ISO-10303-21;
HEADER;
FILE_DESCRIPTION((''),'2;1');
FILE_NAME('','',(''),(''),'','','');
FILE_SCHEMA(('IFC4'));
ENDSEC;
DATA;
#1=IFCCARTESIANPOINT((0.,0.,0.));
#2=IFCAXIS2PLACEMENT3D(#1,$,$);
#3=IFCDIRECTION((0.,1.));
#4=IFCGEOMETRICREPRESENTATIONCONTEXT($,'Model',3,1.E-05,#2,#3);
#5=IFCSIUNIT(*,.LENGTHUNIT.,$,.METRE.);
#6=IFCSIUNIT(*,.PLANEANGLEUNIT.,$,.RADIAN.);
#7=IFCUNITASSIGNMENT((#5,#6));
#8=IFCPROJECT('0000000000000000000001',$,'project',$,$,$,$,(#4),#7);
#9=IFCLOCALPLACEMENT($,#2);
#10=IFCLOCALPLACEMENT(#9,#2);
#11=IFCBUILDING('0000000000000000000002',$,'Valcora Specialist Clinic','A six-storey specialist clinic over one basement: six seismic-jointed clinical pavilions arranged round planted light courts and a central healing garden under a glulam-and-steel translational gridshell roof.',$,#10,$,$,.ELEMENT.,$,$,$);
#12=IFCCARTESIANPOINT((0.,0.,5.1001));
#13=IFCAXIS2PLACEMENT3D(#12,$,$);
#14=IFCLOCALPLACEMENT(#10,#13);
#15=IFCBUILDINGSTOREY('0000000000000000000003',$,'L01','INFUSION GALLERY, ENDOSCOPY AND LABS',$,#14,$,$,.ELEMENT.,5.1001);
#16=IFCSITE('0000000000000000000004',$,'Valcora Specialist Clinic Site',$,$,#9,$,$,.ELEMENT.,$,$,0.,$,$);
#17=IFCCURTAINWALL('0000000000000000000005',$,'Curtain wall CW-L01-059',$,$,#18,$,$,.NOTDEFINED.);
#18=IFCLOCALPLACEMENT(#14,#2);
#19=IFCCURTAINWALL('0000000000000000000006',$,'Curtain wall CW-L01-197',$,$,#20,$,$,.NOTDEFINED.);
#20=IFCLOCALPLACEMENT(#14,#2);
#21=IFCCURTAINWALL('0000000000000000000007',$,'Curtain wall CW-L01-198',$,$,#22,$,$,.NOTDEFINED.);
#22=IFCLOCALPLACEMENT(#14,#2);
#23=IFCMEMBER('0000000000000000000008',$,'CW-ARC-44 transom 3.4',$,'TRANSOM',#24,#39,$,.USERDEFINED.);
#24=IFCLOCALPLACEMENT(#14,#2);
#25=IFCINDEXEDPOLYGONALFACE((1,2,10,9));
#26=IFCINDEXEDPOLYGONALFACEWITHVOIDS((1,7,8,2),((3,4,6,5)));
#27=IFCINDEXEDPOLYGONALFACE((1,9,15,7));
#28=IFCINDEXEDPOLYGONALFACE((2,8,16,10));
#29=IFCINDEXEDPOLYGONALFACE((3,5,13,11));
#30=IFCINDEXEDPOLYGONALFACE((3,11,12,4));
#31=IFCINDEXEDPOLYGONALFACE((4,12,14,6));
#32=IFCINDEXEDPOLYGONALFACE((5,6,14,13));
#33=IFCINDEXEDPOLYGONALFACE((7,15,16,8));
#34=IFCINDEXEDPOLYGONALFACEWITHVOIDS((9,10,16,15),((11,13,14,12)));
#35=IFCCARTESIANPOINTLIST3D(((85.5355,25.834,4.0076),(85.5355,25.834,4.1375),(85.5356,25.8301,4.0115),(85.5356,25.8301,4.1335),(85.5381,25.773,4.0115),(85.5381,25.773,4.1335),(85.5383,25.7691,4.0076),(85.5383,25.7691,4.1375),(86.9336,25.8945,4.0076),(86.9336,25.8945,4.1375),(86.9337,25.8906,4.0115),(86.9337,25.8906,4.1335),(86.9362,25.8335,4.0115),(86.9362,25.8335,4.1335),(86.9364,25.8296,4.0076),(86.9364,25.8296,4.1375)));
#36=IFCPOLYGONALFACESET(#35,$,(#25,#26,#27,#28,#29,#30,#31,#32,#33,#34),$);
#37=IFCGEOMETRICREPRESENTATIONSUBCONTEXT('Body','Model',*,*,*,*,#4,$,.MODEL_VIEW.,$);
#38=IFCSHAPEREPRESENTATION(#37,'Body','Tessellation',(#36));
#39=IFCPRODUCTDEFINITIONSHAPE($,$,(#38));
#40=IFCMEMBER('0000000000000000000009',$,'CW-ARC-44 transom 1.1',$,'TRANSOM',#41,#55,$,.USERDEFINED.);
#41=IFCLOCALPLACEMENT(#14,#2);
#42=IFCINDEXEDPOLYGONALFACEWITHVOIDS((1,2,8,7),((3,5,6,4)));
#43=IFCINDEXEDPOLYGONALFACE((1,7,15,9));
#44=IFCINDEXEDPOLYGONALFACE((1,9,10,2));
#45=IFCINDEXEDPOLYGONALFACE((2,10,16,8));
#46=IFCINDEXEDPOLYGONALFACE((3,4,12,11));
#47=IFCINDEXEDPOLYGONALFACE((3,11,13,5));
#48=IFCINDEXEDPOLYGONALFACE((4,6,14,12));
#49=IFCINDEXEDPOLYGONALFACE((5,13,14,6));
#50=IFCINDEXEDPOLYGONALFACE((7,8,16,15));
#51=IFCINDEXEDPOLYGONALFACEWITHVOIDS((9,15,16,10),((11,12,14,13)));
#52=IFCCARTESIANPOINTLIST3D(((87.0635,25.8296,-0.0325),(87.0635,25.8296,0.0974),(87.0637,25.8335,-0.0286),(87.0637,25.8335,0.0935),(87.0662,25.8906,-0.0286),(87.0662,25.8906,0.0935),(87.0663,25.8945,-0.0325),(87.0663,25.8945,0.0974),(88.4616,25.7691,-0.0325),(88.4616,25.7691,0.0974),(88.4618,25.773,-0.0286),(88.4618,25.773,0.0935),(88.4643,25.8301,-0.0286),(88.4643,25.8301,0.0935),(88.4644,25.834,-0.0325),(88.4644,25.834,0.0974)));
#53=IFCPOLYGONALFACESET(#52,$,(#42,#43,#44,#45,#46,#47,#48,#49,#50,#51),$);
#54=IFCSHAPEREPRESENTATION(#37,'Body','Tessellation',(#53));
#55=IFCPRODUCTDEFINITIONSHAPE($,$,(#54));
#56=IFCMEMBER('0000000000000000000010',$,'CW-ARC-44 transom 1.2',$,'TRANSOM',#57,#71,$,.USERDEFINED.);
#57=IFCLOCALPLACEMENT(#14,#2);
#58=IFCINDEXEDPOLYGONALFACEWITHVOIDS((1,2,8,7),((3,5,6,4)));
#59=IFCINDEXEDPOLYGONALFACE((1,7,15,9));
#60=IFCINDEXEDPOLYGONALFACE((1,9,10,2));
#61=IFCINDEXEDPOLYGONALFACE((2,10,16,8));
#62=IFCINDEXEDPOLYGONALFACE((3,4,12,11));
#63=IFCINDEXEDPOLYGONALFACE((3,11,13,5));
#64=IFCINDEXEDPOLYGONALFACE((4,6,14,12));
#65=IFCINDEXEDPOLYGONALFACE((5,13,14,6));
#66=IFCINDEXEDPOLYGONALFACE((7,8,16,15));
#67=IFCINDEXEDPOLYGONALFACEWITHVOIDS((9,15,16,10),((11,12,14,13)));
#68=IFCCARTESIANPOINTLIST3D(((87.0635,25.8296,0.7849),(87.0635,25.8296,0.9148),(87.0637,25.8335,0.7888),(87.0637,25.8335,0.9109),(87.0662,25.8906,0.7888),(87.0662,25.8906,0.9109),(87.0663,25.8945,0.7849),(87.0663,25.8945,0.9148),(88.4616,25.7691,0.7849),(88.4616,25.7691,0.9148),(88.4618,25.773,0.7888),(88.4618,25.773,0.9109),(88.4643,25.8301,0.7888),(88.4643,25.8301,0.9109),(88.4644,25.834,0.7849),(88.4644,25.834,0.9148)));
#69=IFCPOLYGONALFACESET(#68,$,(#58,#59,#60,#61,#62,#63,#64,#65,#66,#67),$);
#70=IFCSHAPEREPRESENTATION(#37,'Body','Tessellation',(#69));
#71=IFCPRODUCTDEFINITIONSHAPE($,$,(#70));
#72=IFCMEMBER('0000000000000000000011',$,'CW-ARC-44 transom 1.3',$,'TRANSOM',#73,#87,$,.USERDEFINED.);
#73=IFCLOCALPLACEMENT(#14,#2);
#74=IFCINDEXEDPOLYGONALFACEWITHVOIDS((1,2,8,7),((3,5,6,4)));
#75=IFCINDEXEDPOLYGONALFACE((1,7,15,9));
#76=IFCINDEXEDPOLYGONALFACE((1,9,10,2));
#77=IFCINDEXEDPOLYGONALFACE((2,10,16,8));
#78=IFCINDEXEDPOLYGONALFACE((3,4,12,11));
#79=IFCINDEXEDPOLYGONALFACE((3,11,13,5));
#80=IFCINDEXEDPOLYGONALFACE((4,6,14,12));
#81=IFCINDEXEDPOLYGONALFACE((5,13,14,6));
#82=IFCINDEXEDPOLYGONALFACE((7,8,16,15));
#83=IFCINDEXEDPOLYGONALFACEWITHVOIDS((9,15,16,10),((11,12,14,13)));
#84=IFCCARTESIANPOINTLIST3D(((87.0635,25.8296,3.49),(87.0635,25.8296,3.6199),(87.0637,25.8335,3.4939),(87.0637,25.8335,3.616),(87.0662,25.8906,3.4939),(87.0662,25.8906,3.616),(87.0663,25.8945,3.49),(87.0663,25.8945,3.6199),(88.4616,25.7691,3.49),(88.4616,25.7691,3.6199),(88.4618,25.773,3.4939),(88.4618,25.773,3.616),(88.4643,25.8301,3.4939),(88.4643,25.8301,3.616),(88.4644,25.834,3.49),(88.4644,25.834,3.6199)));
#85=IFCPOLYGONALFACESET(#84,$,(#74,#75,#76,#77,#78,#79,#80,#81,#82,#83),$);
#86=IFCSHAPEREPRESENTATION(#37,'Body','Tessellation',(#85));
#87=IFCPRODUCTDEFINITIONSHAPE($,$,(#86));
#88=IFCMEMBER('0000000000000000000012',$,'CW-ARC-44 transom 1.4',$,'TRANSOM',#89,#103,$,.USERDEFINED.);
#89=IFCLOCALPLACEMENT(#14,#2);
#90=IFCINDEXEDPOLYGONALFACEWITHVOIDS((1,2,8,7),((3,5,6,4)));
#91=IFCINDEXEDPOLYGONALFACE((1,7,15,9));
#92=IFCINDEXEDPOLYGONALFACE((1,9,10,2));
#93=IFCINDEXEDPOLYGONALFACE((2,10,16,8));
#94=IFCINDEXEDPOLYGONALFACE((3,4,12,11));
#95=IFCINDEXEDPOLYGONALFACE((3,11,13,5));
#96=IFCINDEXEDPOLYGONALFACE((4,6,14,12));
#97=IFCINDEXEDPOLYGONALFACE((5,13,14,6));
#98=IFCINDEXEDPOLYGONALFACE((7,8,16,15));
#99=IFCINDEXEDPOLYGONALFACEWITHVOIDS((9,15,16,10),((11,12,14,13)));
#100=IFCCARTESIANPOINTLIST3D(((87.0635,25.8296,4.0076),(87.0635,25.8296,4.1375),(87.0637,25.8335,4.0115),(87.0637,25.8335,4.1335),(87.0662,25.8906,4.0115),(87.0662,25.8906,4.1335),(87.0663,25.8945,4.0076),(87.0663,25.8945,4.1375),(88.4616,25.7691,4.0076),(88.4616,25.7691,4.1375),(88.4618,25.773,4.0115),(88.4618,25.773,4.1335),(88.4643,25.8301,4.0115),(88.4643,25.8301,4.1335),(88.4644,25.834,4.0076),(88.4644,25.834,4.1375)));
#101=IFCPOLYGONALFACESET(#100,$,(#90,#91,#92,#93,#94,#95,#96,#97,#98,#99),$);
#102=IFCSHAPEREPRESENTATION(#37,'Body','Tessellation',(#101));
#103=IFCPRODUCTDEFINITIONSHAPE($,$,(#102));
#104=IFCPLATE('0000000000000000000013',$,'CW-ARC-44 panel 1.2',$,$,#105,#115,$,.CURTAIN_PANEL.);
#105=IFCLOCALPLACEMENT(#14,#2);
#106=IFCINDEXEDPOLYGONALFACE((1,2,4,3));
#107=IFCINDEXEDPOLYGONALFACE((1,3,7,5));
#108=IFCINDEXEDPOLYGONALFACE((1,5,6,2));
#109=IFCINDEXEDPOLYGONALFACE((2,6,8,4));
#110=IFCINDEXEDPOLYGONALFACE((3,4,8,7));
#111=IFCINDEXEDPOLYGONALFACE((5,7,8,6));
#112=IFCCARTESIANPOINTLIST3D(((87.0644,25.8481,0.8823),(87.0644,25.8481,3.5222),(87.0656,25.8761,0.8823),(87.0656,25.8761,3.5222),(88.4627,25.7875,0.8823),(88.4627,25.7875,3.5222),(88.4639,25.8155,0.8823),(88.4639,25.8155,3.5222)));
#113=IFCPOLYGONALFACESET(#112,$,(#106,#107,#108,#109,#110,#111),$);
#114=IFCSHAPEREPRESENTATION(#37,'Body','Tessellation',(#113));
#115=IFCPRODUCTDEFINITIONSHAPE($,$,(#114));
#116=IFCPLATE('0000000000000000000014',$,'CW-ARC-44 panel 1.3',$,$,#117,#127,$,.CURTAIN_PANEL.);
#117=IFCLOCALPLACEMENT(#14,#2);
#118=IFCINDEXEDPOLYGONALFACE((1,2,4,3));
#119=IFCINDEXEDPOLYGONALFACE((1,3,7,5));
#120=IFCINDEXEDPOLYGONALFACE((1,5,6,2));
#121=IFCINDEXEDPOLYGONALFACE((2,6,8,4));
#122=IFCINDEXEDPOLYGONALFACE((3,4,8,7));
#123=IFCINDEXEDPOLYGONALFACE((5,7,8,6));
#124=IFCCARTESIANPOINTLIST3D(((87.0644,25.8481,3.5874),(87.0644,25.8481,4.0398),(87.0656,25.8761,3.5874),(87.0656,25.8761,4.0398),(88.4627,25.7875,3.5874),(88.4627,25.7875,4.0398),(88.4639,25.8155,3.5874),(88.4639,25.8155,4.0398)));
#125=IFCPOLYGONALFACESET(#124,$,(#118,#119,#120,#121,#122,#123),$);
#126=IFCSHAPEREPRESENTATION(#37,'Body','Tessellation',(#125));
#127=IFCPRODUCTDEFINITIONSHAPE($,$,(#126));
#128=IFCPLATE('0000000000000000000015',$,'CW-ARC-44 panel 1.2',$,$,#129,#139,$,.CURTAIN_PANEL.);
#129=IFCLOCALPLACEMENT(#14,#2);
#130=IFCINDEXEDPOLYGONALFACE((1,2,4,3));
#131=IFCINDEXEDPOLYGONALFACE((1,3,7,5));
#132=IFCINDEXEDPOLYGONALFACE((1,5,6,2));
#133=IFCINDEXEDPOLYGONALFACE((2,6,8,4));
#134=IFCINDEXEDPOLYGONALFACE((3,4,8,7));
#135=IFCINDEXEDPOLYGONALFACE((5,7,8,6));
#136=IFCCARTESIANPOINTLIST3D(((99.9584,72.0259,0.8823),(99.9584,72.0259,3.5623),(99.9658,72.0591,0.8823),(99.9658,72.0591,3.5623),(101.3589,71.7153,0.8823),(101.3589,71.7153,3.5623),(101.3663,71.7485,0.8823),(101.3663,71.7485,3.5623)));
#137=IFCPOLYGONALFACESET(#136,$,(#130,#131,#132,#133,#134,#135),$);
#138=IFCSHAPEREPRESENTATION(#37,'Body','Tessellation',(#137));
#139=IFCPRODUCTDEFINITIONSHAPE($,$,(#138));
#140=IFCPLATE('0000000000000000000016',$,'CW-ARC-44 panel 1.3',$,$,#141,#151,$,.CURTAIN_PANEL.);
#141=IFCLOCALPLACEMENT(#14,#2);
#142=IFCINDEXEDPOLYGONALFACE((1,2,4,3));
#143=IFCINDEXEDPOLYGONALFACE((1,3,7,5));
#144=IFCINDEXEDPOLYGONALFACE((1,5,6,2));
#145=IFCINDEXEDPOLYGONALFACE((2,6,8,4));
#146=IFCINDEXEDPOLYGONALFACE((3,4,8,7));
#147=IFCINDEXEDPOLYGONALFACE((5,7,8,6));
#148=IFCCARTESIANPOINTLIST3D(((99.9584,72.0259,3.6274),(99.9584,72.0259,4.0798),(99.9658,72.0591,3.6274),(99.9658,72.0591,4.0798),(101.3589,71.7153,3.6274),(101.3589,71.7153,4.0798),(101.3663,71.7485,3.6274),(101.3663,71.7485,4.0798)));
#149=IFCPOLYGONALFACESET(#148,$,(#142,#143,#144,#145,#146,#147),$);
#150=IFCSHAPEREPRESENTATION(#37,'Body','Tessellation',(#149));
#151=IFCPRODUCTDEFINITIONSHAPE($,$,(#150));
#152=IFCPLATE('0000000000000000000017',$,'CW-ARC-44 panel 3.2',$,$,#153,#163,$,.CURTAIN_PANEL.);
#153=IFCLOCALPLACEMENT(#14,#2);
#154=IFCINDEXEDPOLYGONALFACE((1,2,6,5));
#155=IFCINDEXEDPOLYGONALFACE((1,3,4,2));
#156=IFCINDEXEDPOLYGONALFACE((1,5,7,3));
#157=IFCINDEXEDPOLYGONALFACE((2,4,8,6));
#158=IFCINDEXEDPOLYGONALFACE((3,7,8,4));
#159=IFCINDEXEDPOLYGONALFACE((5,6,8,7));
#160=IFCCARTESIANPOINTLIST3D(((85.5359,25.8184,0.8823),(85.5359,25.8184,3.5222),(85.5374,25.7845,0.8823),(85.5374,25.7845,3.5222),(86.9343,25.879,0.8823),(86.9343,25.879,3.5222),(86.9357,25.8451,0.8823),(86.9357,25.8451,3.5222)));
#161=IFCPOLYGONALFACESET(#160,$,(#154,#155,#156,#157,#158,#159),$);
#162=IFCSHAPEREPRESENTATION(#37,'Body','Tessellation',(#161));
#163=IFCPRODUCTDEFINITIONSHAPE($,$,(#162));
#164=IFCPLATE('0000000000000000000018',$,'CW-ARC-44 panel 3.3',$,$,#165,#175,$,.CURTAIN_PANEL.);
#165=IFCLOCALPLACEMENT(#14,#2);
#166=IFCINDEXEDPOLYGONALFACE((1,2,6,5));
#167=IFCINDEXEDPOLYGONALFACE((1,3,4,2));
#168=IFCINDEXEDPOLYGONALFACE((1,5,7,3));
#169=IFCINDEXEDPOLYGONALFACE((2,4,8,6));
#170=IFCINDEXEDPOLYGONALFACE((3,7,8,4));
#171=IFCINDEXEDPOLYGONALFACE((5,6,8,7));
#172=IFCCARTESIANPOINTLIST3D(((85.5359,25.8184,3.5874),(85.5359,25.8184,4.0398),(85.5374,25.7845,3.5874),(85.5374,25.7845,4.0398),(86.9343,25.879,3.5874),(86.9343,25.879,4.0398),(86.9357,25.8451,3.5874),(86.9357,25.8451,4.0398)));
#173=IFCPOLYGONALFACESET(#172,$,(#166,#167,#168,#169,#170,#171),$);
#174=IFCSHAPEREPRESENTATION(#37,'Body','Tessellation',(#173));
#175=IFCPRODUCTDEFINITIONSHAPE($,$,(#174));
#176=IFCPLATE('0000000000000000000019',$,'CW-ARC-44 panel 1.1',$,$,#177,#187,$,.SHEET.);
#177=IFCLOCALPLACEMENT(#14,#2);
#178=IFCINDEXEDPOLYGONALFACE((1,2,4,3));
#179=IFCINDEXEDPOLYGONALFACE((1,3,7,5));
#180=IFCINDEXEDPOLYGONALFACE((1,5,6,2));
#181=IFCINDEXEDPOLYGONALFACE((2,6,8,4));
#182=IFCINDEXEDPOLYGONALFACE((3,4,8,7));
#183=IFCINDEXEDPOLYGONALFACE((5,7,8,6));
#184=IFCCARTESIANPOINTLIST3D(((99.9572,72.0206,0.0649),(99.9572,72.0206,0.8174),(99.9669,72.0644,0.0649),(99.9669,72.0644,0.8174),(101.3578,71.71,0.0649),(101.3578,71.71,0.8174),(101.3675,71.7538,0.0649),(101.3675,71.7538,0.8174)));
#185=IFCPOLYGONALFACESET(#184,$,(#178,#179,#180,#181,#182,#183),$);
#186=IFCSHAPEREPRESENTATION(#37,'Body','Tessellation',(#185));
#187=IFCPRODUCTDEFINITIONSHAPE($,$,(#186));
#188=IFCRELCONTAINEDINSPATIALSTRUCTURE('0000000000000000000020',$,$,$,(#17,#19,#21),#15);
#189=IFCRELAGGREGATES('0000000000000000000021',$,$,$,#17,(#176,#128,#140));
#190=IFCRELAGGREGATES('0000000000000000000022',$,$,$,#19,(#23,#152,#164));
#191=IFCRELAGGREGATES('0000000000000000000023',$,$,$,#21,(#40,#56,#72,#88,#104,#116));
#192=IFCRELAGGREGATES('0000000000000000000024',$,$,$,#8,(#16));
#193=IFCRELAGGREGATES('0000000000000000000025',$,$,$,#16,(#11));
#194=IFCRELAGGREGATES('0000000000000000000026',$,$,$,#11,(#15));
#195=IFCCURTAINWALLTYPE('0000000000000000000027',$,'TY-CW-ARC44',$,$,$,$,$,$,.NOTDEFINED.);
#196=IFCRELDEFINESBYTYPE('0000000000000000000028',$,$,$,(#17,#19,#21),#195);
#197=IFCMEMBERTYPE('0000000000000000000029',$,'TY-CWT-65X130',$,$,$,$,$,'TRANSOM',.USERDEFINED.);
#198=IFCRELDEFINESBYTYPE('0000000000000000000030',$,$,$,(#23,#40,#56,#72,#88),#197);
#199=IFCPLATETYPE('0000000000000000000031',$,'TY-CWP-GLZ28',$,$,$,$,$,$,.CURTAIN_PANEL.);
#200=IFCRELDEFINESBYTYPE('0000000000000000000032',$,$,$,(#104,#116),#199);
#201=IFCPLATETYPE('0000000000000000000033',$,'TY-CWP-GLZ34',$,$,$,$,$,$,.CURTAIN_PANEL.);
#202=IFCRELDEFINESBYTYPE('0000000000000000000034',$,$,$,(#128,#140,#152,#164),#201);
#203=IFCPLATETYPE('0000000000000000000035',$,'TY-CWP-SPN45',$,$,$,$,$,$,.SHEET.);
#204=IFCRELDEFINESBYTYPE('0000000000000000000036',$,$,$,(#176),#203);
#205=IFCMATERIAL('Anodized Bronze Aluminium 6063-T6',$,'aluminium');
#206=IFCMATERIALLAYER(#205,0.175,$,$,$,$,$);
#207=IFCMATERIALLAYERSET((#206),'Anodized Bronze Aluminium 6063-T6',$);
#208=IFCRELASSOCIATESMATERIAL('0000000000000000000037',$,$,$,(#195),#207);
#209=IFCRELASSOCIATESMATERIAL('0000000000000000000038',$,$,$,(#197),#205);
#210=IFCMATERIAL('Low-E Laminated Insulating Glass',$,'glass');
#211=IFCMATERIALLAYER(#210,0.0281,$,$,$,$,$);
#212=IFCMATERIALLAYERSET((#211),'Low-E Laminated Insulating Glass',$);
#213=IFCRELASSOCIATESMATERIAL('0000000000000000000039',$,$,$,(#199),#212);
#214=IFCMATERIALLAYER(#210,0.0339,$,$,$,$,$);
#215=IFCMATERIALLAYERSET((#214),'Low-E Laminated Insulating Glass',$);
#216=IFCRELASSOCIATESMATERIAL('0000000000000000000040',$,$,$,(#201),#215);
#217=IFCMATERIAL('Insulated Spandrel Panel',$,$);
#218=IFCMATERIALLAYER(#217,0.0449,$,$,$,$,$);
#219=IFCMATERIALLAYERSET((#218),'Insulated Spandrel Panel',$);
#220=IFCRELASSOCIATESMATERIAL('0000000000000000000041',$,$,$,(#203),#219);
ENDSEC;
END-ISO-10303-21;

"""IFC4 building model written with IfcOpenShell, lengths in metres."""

from ifc_helpers import new_model, si_unit, direction, frame, origin, origin_2d, place, context, subcontext, project, spatial, rectangle, hollow_rectangle, extrude, material, layer, layer_set, material_profile, profile_set, type_object, element, aggregate, save


model = new_model("IFC4")

# Units and contexts
model_context = context("Model", 3, precision=1e-05, world=origin(), true_north=direction((0.0, 1.0)))
body_context = subcontext(model_context, "Body", "Model", "MODEL_VIEW")
ifc_project = project(units=[si_unit("LENGTHUNIT", "METRE"), si_unit("PLANEANGLEUNIT", "RADIAN")], contexts=[model_context])

# Site, building, storey
site_placement = place(None, origin())
site = spatial("IfcSite", under=ifc_project, at=site_placement, Name="Valcora Specialist Clinic Site", CompositionType="ELEMENT", RefElevation=0.0)
building_placement = place(site_placement, origin())
building = spatial("IfcBuilding", under=site, at=building_placement, Name="Valcora Specialist Clinic", Description="A six-storey specialist clinic over one basement: six seismic-jointed clinical pavilions arranged round planted light courts and a central healing garden under a glulam-and-steel translational gridshell roof.", CompositionType="ELEMENT")
storey_placement = place(building_placement, frame((0.0, 0.0, 5.1001)))
storey = spatial("IfcBuildingStorey", under=building, at=storey_placement, Name="L01", Description="INFUSION GALLERY, ENDOSCOPY AND LABS", CompositionType="ELEMENT", Elevation=5.1001)

# Curtain walls
ifc_material_1 = material(Name="Anodized Bronze Aluminium 6063-T6", Category="aluminium")
ifc_layer_1 = layer(ifc_material_1, 0.175)
ifc_layer_set_1 = layer_set([ifc_layer_1], Name="Anodized Bronze Aluminium 6063-T6")
curtain_wall_type = type_object("IfcCurtainWallType", Name="TY-CW-ARC44", PredefinedType="NOTDEFINED", material=ifc_layer_set_1)
curtain_wall_1_placement = place(storey_placement, origin())
curtain_wall_1 = element("IfcCurtainWall", 1, at=curtain_wall_1_placement, inside=storey, type_object=curtain_wall_type, Name="Curtain wall CW-L01-059", PredefinedType="NOTDEFINED")
curtain_wall_2_placement = place(storey_placement, origin())
curtain_wall_2 = element("IfcCurtainWall", 2, at=curtain_wall_2_placement, inside=storey, type_object=curtain_wall_type, Name="Curtain wall CW-L01-197", PredefinedType="NOTDEFINED")
curtain_wall_3_placement = place(storey_placement, origin())
curtain_wall_3 = element("IfcCurtainWall", 3, at=curtain_wall_3_placement, inside=storey, type_object=curtain_wall_type, Name="Curtain wall CW-L01-198", PredefinedType="NOTDEFINED")

# Members
ifc_material_profile_1 = material_profile(ifc_material_1, hollow_rectangle(XDim=0.0649, YDim=0.1299, WallThickness=0.0039, at=origin_2d()), Name="AL-TRN-65X130")
ifc_profile_set_1 = profile_set([ifc_material_profile_1], Name="Anodized Bronze Aluminium 6063-T6")
member_type_1 = type_object("IfcMemberType", Name="TY-CWT-65X130", ElementType="TRANSOM", PredefinedType="USERDEFINED", material=ifc_profile_set_1)
member_1_placement = place(storey_placement, frame((85.5369, 25.8015, 4.0725), z_axis=(0.999064, 0.043263, 0.0), x_axis=(-0.043263, 0.999064, 0.0)))
member_1 = element("IfcMember", 4, at=member_1_placement, type_object=member_type_1, Name="CW-ARC-44 transom 3.4", ObjectType="TRANSOM", PredefinedType="USERDEFINED", context=body_context, shape_type="SweptSolid", body=[
    extrude(hollow_rectangle(XDim=0.0649, YDim=0.1299, WallThickness=0.0039, at=origin_2d()), origin(), (0.0, 0.0, 1.0), 1.3994),
])
member_2_placement = place(storey_placement, frame((87.0649, 25.8621, 0.0325), z_axis=(0.999064, -0.043263, 0.0), x_axis=(0.043263, 0.999064, 0.0)))
member_2 = element("IfcMember", 5, at=member_2_placement, type_object=member_type_1, Name="CW-ARC-44 transom 1.1", ObjectType="TRANSOM", PredefinedType="USERDEFINED", context=body_context, shape_type="SweptSolid", body=[
    extrude(hollow_rectangle(XDim=0.0649, YDim=0.1299, WallThickness=0.0039, at=origin_2d()), origin(), (0.0, 0.0, 1.0), 1.3994),
])
member_3_placement = place(storey_placement, frame((87.0649, 25.8621, 0.8499), z_axis=(0.999064, -0.043263, 0.0), x_axis=(0.043263, 0.999064, 0.0)))
member_3 = element("IfcMember", 6, at=member_3_placement, type_object=member_type_1, Name="CW-ARC-44 transom 1.2", ObjectType="TRANSOM", PredefinedType="USERDEFINED", context=body_context, shape_type="SweptSolid", body=[
    extrude(hollow_rectangle(XDim=0.0649, YDim=0.1299, WallThickness=0.0039, at=origin_2d()), origin(), (0.0, 0.0, 1.0), 1.3994),
])
member_4_placement = place(storey_placement, frame((87.0649, 25.8621, 3.5549), z_axis=(0.999064, -0.043263, 0.0), x_axis=(0.043263, 0.999064, 0.0)))
member_4 = element("IfcMember", 7, at=member_4_placement, type_object=member_type_1, Name="CW-ARC-44 transom 1.3", ObjectType="TRANSOM", PredefinedType="USERDEFINED", context=body_context, shape_type="SweptSolid", body=[
    extrude(hollow_rectangle(XDim=0.0649, YDim=0.1299, WallThickness=0.0039, at=origin_2d()), origin(), (0.0, 0.0, 1.0), 1.3994),
])
member_5_placement = place(storey_placement, frame((87.0649, 25.8621, 4.0725), z_axis=(0.999064, -0.043263, 0.0), x_axis=(0.043263, 0.999064, 0.0)))
member_5 = element("IfcMember", 8, at=member_5_placement, type_object=member_type_1, Name="CW-ARC-44 transom 1.4", ObjectType="TRANSOM", PredefinedType="USERDEFINED", context=body_context, shape_type="SweptSolid", body=[
    extrude(hollow_rectangle(XDim=0.0649, YDim=0.1299, WallThickness=0.0039, at=origin_2d()), origin(), (0.0, 0.0, 1.0), 1.3994),
])

# Plates
ifc_material_2 = material(Name="Low-E Laminated Insulating Glass", Category="glass")
ifc_layer_2 = layer(ifc_material_2, 0.0281)
ifc_layer_set_2 = layer_set([ifc_layer_2], Name="Low-E Laminated Insulating Glass")
plate_type_1 = type_object("IfcPlateType", Name="TY-CWP-GLZ28", PredefinedType="CURTAIN_PANEL", material=ifc_layer_set_2)
plate_1_placement = place(storey_placement, frame((87.7642, 25.8318, 0.8823), z_axis=(0.0, 0.0, 1.0), x_axis=(0.999062, -0.043307, 0.0)))
plate_1 = element("IfcPlate", 9, at=plate_1_placement, type_object=plate_type_1, Name="CW-ARC-44 panel 1.2", PredefinedType="CURTAIN_PANEL", context=body_context, shape_type="SweptSolid", body=[
    extrude(rectangle(XDim=1.3997, YDim=0.0281, at=origin_2d()), origin(), (0.0, 0.0, 1.0), 2.6399),
])
plate_2_placement = place(storey_placement, frame((87.7642, 25.8318, 3.5874), z_axis=(0.0, 0.0, 1.0), x_axis=(0.999062, -0.043307, 0.0)))
plate_2 = element("IfcPlate", 10, at=plate_2_placement, type_object=plate_type_1, Name="CW-ARC-44 panel 1.3", PredefinedType="CURTAIN_PANEL", context=body_context, shape_type="SweptSolid", body=[
    extrude(rectangle(XDim=1.3997, YDim=0.0281, at=origin_2d()), origin(), (0.0, 0.0, 1.0), 0.4524),
])
ifc_layer_3 = layer(ifc_material_2, 0.0339)
ifc_layer_set_3 = layer_set([ifc_layer_3], Name="Low-E Laminated Insulating Glass")
plate_type_2 = type_object("IfcPlateType", Name="TY-CWP-GLZ34", PredefinedType="CURTAIN_PANEL", material=ifc_layer_set_3)
plate_3_placement = place(storey_placement, frame((100.6624, 71.8872, 0.8823), z_axis=(0.0, 0.0, 1.0), x_axis=(-0.976279, 0.216518, 0.0)))
plate_3 = element("IfcPlate", 11, at=plate_3_placement, type_object=plate_type_2, Name="CW-ARC-44 panel 1.2", PredefinedType="CURTAIN_PANEL", context=body_context, shape_type="SweptSolid", body=[
    extrude(rectangle(XDim=1.4346, YDim=0.0339, at=origin_2d()), origin(), (0.0, 0.0, 1.0), 2.6799),
])
plate_4_placement = place(storey_placement, frame((100.6624, 71.8872, 3.6274), z_axis=(0.0, 0.0, 1.0), x_axis=(-0.976279, 0.216518, 0.0)))
plate_4 = element("IfcPlate", 12, at=plate_4_placement, type_object=plate_type_2, Name="CW-ARC-44 panel 1.3", PredefinedType="CURTAIN_PANEL", context=body_context, shape_type="SweptSolid", body=[
    extrude(rectangle(XDim=1.4346, YDim=0.0339, at=origin_2d()), origin(), (0.0, 0.0, 1.0), 0.4524),
])
plate_5_placement = place(storey_placement, frame((86.2358, 25.8318, 0.8823), z_axis=(0.0, 0.0, 1.0), x_axis=(0.999062, 0.043307, 0.0)))
plate_5 = element("IfcPlate", 13, at=plate_5_placement, type_object=plate_type_2, Name="CW-ARC-44 panel 3.2", PredefinedType="CURTAIN_PANEL", context=body_context, shape_type="SweptSolid", body=[
    extrude(rectangle(XDim=1.3997, YDim=0.0339, at=origin_2d()), origin(), (0.0, 0.0, 1.0), 2.6399),
])
plate_6_placement = place(storey_placement, frame((86.2358, 25.8318, 3.5874), z_axis=(0.0, 0.0, 1.0), x_axis=(0.999062, 0.043307, 0.0)))
plate_6 = element("IfcPlate", 14, at=plate_6_placement, type_object=plate_type_2, Name="CW-ARC-44 panel 3.3", PredefinedType="CURTAIN_PANEL", context=body_context, shape_type="SweptSolid", body=[
    extrude(rectangle(XDim=1.3997, YDim=0.0339, at=origin_2d()), origin(), (0.0, 0.0, 1.0), 0.4524),
])
ifc_material_3 = material(Name="Insulated Spandrel Panel")
ifc_layer_4 = layer(ifc_material_3, 0.0449)
ifc_layer_set_4 = layer_set([ifc_layer_4], Name="Insulated Spandrel Panel")
plate_type_3 = type_object("IfcPlateType", Name="TY-CWP-SPN45", PredefinedType="SHEET", material=ifc_layer_set_4)
plate_7_placement = place(storey_placement, frame((100.6624, 71.8872, 0.0649), z_axis=(0.0, 0.0, 1.0), x_axis=(-0.976279, 0.216518, 0.0)))
plate_7 = element("IfcPlate", 15, at=plate_7_placement, type_object=plate_type_3, Name="CW-ARC-44 panel 1.1", PredefinedType="SHEET", context=body_context, shape_type="SweptSolid", body=[
    extrude(rectangle(XDim=1.4346, YDim=0.0449, at=origin_2d()), origin(), (0.0, 0.0, 1.0), 0.7524),
])
aggregate(curtain_wall_1, [plate_7, plate_3, plate_4])
aggregate(curtain_wall_2, [member_1, plate_5, plate_6])
aggregate(curtain_wall_3, [member_2, member_3, member_4, member_5, plate_1, plate_2])

save(model, "model.ifc")
